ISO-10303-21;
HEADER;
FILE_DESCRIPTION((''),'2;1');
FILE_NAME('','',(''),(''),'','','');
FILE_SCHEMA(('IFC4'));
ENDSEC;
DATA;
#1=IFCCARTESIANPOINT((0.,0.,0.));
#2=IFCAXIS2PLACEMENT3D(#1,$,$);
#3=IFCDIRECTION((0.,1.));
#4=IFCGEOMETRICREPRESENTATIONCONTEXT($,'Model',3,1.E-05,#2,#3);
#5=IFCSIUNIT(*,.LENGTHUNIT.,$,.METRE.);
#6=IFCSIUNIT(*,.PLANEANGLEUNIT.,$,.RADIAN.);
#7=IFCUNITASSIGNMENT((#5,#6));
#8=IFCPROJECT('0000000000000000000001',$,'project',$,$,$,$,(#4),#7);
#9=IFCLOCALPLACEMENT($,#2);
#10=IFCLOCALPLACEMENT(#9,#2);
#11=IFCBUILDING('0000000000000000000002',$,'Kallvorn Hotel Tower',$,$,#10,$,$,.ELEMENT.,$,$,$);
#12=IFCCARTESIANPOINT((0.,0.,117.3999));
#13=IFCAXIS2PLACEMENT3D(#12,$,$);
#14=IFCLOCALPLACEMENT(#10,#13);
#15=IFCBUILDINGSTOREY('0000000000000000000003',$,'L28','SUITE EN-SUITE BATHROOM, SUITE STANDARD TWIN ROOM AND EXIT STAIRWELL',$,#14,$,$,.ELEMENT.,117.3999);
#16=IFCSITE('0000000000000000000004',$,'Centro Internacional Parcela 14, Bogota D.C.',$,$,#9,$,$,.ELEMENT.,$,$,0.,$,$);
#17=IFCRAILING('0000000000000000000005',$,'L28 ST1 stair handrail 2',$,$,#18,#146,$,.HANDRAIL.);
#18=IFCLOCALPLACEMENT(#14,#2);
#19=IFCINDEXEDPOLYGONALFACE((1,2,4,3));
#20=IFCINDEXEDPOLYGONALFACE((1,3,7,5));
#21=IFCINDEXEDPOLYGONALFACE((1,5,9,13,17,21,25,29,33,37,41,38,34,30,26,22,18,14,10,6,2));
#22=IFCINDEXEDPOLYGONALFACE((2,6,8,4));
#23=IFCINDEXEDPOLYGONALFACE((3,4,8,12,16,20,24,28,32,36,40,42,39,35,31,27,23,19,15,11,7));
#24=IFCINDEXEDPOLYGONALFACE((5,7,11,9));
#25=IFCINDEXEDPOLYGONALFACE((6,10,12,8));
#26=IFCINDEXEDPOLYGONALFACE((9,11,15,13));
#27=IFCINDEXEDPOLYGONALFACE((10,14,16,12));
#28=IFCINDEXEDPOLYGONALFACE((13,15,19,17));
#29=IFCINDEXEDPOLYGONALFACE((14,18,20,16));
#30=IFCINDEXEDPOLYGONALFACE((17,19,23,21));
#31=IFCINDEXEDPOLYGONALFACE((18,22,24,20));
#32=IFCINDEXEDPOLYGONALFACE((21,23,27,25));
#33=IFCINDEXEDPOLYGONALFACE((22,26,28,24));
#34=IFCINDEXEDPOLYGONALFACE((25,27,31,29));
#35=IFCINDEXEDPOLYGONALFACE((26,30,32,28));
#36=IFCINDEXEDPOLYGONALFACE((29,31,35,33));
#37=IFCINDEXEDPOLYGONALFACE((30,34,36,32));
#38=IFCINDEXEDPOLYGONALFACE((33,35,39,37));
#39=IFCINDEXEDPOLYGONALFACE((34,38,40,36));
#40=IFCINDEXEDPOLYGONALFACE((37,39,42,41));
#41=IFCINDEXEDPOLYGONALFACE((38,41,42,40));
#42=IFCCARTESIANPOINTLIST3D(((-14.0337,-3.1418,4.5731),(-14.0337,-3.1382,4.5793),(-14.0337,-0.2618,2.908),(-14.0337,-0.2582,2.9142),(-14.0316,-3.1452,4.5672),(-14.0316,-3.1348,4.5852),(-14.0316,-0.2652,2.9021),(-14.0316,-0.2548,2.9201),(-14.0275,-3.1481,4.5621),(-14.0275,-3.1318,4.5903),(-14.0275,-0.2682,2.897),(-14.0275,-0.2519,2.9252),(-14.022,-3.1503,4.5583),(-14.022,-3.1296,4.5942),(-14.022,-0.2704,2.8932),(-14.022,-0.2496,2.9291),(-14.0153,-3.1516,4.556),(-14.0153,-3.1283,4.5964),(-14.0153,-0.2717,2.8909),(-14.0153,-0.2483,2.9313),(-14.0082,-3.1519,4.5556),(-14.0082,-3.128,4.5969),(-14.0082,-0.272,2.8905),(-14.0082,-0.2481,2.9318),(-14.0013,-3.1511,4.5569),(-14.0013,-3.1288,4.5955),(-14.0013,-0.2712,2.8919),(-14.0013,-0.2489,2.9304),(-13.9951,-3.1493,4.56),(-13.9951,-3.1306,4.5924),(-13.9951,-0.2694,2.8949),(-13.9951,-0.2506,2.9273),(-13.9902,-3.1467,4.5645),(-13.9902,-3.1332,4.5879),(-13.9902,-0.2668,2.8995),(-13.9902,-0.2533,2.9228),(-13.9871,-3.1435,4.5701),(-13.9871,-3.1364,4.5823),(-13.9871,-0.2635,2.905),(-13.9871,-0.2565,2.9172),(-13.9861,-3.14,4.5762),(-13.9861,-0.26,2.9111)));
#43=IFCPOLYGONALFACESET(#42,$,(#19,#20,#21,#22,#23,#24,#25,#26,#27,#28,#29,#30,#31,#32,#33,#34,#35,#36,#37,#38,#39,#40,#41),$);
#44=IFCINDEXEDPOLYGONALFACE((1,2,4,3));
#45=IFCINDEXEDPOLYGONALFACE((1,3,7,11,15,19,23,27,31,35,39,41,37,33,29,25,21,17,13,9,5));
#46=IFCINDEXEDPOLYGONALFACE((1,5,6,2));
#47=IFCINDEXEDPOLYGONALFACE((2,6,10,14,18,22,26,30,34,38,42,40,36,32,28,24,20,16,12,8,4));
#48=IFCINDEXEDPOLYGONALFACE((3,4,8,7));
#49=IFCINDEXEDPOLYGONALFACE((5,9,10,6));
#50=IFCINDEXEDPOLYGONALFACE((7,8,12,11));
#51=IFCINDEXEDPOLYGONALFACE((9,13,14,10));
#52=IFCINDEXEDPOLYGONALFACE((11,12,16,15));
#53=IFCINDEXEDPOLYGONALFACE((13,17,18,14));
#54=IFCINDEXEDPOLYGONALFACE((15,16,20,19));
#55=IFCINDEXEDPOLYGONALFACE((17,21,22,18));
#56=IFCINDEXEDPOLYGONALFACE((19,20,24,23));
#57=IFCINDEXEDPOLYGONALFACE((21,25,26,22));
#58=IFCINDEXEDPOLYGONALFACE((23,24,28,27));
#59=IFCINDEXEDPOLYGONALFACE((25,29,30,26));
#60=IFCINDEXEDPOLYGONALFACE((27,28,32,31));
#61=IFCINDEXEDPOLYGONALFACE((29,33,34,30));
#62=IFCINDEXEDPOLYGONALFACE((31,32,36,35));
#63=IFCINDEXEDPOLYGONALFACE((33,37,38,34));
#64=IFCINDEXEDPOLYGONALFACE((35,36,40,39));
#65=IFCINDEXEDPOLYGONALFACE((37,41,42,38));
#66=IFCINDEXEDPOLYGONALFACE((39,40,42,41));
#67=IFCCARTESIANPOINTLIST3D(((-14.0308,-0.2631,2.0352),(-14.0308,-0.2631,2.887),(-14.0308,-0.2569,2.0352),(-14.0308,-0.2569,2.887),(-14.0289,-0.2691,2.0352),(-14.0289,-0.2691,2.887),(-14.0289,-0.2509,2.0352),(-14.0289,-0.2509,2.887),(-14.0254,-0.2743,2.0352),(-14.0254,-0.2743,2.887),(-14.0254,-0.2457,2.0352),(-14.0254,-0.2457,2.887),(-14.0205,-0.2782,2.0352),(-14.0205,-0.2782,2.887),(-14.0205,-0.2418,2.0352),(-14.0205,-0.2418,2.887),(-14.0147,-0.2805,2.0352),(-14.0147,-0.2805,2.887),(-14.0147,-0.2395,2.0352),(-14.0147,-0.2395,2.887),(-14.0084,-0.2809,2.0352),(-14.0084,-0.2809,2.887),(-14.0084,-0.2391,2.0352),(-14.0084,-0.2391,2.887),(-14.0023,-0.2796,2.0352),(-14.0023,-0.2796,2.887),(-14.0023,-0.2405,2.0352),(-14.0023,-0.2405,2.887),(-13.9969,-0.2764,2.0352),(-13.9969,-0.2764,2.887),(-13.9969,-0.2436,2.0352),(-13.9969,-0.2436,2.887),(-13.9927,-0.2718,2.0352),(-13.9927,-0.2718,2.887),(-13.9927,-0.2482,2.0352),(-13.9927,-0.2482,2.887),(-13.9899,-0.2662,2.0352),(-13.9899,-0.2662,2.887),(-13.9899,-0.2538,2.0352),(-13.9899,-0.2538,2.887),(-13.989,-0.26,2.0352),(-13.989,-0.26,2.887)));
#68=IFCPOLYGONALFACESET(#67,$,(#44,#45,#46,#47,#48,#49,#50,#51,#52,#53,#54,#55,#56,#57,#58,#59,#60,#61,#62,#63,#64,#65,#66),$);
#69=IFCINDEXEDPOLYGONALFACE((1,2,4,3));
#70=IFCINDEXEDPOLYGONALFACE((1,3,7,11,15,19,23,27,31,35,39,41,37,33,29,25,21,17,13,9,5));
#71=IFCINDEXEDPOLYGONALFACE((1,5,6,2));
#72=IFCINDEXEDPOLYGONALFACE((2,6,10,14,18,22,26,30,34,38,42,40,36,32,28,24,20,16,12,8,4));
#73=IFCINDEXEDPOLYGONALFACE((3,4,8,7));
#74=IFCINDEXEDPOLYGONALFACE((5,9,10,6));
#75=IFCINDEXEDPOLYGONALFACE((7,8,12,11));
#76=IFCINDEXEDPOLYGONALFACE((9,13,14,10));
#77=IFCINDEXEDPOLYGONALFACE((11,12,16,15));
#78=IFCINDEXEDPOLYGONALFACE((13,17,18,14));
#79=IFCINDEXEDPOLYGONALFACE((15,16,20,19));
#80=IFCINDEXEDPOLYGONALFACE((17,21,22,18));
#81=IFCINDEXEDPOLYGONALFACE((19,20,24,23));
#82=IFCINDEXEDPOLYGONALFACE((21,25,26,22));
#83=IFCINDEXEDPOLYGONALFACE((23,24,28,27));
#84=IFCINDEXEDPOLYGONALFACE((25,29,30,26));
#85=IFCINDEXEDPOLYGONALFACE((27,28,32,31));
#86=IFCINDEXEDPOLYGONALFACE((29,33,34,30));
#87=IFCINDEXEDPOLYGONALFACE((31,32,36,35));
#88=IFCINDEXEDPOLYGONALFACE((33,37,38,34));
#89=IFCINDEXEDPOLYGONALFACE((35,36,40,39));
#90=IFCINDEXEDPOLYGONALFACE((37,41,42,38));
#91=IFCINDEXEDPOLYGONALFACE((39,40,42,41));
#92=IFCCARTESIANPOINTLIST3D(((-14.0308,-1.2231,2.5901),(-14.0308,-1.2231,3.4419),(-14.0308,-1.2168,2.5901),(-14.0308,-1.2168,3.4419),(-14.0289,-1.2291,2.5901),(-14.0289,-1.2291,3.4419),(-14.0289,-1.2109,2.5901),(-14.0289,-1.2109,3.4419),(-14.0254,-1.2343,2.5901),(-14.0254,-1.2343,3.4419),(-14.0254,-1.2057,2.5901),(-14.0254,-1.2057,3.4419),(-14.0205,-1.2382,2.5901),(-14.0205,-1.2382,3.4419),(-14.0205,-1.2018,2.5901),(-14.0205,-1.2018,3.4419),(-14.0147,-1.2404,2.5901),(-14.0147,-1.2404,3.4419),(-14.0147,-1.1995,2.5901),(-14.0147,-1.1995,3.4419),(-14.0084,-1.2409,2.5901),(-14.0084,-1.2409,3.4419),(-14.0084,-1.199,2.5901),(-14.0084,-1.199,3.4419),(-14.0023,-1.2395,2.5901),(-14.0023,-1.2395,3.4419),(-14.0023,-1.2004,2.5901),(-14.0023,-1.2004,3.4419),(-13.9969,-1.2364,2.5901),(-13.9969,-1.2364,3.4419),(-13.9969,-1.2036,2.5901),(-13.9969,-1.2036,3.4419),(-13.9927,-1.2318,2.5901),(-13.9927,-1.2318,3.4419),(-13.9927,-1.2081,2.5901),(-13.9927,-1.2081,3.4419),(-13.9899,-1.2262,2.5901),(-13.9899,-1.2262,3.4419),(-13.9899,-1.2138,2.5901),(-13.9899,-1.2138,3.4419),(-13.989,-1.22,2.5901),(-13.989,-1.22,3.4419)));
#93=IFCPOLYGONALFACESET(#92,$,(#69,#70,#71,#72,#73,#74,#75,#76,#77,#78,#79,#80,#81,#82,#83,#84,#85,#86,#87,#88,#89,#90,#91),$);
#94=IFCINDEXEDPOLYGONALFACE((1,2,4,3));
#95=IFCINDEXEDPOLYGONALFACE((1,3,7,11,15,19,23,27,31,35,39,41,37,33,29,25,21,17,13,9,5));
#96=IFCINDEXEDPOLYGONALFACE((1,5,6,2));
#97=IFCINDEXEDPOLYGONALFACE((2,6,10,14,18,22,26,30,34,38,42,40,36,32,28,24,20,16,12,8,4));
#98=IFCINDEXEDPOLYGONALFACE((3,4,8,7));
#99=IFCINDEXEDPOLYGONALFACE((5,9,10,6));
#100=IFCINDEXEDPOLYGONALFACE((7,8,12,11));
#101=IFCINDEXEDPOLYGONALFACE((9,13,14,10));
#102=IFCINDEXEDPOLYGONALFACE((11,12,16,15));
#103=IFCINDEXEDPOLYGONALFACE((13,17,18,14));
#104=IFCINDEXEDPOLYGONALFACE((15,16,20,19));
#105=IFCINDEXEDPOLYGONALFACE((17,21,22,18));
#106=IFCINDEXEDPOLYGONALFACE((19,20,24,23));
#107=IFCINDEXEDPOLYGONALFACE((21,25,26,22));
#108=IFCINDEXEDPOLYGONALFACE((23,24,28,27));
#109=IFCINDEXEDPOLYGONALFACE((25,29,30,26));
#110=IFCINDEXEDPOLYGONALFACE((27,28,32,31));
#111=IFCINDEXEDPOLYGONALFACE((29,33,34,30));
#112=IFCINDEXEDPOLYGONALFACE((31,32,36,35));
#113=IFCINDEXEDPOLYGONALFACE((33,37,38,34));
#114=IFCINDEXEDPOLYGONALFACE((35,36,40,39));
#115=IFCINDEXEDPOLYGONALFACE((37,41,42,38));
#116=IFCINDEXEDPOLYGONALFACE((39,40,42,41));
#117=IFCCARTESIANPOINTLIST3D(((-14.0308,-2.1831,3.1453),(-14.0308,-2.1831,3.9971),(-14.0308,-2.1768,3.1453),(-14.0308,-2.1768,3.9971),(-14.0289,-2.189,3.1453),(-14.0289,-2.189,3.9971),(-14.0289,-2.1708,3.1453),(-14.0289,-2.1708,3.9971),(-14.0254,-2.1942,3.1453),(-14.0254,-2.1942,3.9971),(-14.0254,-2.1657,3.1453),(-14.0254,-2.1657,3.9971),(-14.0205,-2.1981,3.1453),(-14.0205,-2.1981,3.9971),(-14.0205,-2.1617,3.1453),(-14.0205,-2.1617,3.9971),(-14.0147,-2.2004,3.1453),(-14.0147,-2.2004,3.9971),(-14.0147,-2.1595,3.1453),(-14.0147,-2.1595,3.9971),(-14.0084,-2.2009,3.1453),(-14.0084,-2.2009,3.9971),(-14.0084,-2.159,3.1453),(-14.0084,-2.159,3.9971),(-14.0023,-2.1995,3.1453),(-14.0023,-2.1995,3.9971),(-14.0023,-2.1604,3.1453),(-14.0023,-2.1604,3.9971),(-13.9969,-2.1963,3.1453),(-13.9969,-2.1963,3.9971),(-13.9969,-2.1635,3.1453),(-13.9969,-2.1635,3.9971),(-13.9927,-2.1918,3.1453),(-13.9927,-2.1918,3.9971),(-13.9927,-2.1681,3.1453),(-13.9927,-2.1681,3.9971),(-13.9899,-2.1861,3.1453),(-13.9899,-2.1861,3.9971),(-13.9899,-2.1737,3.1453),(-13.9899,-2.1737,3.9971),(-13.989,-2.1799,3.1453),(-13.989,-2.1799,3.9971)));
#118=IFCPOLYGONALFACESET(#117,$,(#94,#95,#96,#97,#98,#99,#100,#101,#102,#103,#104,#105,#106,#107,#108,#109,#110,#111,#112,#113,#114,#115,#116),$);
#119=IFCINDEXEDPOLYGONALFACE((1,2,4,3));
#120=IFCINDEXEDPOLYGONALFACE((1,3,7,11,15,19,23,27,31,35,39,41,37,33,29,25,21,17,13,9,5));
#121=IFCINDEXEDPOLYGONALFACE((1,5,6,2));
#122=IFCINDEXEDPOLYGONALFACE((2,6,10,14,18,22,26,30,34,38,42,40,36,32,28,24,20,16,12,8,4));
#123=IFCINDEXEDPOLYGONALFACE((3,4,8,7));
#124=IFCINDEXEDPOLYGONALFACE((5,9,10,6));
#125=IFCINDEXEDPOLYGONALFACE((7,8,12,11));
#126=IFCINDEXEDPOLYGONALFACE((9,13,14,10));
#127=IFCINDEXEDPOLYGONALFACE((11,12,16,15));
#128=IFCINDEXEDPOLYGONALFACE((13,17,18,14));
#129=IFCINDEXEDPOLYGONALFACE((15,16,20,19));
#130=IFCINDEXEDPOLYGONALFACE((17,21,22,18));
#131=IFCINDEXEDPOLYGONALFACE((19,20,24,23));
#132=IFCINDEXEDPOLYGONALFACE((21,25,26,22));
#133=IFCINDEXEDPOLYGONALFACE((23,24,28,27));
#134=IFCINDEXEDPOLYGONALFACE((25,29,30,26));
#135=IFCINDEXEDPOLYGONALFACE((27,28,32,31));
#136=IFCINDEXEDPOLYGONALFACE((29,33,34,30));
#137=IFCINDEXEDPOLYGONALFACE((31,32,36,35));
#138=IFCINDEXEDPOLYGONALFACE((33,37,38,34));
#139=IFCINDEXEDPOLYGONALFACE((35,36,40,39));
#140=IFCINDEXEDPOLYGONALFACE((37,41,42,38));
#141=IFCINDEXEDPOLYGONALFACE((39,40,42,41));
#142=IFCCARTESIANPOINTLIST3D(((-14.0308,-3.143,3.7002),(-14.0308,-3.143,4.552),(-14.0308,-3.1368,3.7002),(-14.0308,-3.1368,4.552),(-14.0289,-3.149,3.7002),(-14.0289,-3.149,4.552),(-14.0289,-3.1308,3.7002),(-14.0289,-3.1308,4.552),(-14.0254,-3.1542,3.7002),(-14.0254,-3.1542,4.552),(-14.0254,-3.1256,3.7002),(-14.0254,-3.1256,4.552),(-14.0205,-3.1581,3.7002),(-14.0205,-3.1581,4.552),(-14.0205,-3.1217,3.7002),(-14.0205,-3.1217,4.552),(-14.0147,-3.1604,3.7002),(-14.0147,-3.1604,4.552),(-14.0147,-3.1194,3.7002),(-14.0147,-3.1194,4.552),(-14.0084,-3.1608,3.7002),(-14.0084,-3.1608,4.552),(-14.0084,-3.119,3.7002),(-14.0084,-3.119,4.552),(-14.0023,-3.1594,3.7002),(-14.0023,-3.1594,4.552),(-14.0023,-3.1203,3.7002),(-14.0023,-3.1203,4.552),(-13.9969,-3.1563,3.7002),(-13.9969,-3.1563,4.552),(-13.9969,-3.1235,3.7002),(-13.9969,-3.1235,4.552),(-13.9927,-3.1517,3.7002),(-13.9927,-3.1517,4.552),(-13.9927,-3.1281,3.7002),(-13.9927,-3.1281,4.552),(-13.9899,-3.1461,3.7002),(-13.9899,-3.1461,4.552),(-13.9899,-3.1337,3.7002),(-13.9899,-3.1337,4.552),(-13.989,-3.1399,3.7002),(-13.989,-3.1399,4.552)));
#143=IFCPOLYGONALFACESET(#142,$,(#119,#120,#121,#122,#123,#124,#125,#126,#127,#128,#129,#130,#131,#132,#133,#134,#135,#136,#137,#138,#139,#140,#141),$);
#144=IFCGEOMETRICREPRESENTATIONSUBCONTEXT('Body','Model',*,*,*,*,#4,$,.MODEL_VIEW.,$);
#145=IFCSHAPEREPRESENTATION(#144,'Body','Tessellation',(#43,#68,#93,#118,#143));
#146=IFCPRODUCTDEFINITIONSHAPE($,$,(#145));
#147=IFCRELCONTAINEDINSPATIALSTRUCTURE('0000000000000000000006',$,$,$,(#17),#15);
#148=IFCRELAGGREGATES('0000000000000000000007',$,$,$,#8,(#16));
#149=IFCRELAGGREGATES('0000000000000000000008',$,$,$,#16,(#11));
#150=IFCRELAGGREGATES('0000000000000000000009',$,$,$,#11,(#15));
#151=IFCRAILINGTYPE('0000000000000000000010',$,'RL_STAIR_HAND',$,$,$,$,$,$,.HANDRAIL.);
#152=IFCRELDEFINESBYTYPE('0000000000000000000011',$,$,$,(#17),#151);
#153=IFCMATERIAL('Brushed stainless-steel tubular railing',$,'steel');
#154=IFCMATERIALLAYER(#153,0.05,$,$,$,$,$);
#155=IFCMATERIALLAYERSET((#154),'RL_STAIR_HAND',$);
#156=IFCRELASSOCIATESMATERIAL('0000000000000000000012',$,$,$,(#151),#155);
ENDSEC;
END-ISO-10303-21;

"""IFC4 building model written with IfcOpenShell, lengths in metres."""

from ifc_helpers import new_model, si_unit, direction, frame, origin, origin_2d, place, context, subcontext, project, spatial, circle, extrude, material, layer, layer_set, type_object, element, save


model = new_model("IFC4")

# Units and contexts
model_context = context("Model", 3, precision=1e-05, world=origin(), true_north=direction((0.0, 1.0)))
body_context = subcontext(model_context, "Body", "Model", "MODEL_VIEW")
ifc_project = project(units=[si_unit("LENGTHUNIT", "METRE"), si_unit("PLANEANGLEUNIT", "RADIAN")], contexts=[model_context])

# Site, building, storey
site_placement = place(None, origin())
site = spatial("IfcSite", under=ifc_project, at=site_placement, Name="Centro Internacional Parcela 14, Bogota D.C.", CompositionType="ELEMENT", RefElevation=0.0)
building_placement = place(site_placement, origin())
building = spatial("IfcBuilding", under=site, at=building_placement, Name="Kallvorn Hotel Tower", CompositionType="ELEMENT")
storey_placement = place(building_placement, frame((0.0, 0.0, 117.3999)))
storey = spatial("IfcBuildingStorey", under=building, at=storey_placement, Name="L28", Description="SUITE EN-SUITE BATHROOM, SUITE STANDARD TWIN ROOM AND EXIT STAIRWELL", CompositionType="ELEMENT", Elevation=117.3999)

# Railing
ifc_material_1 = material(Name="Brushed stainless-steel tubular railing", Category="steel")
ifc_layer_1 = layer(ifc_material_1, 0.05)
ifc_layer_set_1 = layer_set([ifc_layer_1], Name="RL_STAIR_HAND")
railing_type_1 = type_object("IfcRailingType", Name="RL_STAIR_HAND", PredefinedType="HANDRAIL", material=ifc_layer_set_1)
railing_1_placement = place(storey_placement, frame((-14.01, -0.26, 2.0352)))
element("IfcRailing", 1, at=railing_1_placement, inside=storey, type_object=railing_type_1, Name="L28 ST1 stair handrail 2", PredefinedType="HANDRAIL", context=body_context, shape_type="SweptSolid", body=[
    extrude(circle(Radius=0.0239, at=origin_2d()), frame((0.0, 0.0, 0.876), z_axis=(0.0, -0.865721, 0.500527), x_axis=(1.0, 0.0, 0.0)), (0.0, 0.0, 1.0), 3.3267),
    extrude(circle(Radius=0.021, at=origin_2d()), origin(), (0.0, 0.0, 1.0), 0.8518),
    extrude(circle(Radius=0.021, at=origin_2d()), frame((0.0, -0.96, 0.5549)), (0.0, 0.0, 1.0), 0.8518),
    extrude(circle(Radius=0.021, at=origin_2d()), frame((0.0, -1.9199, 1.1101)), (0.0, 0.0, 1.0), 0.8518),
    extrude(circle(Radius=0.021, at=origin_2d()), frame((0.0, -2.8799, 1.665)), (0.0, 0.0, 1.0), 0.8518),
])

save(model, "model.ifc")
